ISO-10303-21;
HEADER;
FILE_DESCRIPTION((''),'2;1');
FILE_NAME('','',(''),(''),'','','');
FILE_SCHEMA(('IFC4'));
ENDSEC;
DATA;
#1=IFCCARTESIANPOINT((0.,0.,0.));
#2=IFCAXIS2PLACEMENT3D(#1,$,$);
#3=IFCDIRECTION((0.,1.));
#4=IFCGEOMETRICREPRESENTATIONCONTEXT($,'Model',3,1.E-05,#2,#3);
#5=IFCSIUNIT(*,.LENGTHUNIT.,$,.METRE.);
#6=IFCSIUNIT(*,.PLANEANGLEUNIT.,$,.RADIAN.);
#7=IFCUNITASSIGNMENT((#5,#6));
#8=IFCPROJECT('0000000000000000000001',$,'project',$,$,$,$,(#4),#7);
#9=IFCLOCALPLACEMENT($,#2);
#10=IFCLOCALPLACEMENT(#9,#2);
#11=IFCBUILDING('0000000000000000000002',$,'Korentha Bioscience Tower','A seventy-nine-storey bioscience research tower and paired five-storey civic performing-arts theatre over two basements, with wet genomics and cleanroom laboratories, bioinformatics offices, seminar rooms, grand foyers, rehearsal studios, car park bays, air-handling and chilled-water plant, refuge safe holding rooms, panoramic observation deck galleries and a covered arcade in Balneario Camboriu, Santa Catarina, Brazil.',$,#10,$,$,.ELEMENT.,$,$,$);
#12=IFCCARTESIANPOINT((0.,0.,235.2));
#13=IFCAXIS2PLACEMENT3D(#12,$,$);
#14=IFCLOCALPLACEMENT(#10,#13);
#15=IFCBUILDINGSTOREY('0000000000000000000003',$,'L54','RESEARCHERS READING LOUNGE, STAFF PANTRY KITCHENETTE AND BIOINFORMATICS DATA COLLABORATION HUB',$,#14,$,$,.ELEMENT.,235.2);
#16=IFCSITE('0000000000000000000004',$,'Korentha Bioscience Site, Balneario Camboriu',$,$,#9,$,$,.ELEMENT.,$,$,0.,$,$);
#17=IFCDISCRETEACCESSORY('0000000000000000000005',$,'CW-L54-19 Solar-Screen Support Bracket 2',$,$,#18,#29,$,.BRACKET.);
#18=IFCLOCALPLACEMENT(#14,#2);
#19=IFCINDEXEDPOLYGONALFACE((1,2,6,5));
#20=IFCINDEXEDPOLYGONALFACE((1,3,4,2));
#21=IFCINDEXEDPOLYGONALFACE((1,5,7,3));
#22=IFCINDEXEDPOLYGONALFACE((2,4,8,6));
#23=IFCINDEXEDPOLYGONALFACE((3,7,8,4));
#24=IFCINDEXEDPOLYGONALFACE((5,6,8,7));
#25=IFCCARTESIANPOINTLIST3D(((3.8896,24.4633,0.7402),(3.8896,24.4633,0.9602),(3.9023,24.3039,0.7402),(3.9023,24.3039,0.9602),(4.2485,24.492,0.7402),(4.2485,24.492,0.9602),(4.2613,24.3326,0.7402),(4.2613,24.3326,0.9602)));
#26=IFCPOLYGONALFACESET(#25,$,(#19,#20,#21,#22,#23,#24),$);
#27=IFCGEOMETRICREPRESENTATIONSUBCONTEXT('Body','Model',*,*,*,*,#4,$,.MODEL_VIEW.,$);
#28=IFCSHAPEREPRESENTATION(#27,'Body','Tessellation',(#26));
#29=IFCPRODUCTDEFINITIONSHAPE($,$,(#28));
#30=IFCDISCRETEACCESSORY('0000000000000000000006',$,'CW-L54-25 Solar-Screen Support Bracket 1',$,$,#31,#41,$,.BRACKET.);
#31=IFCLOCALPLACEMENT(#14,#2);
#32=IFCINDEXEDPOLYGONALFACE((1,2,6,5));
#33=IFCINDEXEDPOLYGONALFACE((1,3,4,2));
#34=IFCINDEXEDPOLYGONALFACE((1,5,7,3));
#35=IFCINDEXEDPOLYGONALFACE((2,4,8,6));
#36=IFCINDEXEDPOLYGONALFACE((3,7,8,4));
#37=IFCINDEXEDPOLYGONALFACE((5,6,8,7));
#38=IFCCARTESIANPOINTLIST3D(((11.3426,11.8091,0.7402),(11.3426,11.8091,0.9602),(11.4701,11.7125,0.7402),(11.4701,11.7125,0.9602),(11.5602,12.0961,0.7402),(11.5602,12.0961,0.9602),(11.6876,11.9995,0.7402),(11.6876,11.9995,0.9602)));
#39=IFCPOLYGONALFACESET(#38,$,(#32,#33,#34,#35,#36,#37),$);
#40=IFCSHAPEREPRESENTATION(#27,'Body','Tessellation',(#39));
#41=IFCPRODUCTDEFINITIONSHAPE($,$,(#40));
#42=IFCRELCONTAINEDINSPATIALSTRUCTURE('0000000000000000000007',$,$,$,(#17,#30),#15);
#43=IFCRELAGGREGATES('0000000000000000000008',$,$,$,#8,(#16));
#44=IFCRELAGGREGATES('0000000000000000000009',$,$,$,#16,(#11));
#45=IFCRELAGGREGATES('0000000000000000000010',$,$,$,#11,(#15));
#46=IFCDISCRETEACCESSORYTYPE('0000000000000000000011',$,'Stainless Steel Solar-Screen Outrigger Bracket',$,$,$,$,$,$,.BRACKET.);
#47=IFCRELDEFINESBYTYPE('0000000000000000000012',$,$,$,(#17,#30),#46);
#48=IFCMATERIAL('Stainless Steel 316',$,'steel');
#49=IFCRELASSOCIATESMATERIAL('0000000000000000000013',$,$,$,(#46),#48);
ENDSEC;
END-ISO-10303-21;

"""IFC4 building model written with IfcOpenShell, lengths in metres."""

from ifc_helpers import new_model, si_unit, direction, frame, origin, origin_2d, place, context, subcontext, project, spatial, rectangle, extrude, material, type_object, element, save


model = new_model("IFC4")

# Units and contexts
model_context = context("Model", 3, precision=1e-05, world=origin(), true_north=direction((0.0, 1.0)))
body_context = subcontext(model_context, "Body", "Model", "MODEL_VIEW")
ifc_project = project(units=[si_unit("LENGTHUNIT", "METRE"), si_unit("PLANEANGLEUNIT", "RADIAN")], contexts=[model_context])

# Site, building, storey
site_placement = place(None, origin())
site = spatial("IfcSite", under=ifc_project, at=site_placement, Name="Korentha Bioscience Site, Balneario Camboriu", CompositionType="ELEMENT", RefElevation=0.0)
building_placement = place(site_placement, origin())
building = spatial("IfcBuilding", under=site, at=building_placement, Name="Korentha Bioscience Tower", Description="A seventy-nine-storey bioscience research tower and paired five-storey civic performing-arts theatre over two basements, with wet genomics and cleanroom laboratories, bioinformatics offices, seminar rooms, grand foyers, rehearsal studios, car park bays, air-handling and chilled-water plant, refuge safe holding rooms, panoramic observation deck galleries and a covered arcade in Balneario Camboriu, Santa Catarina, Brazil.", CompositionType="ELEMENT")
storey_placement = place(building_placement, frame((0.0, 0.0, 235.2)))
storey = spatial("IfcBuildingStorey", under=building, at=storey_placement, Name="L54", Description="RESEARCHERS READING LOUNGE, STAFF PANTRY KITCHENETTE AND BIOINFORMATICS DATA COLLABORATION HUB", CompositionType="ELEMENT", Elevation=235.2)

# Discrete accessories
ifc_material_1 = material(Name="Stainless Steel 316", Category="steel")
discrete_accessory_type = type_object("IfcDiscreteAccessoryType", Name="Stainless Steel Solar-Screen Outrigger Bracket", PredefinedType="BRACKET", material=ifc_material_1)
for number, where, z_axis, x_axis, name in (
    (1, (4.0754, 24.3979, 0.7402), (0.0, 0.0, 1.0), (0.079748, -0.996815, 0.0), "CW-L54-19 Solar-Screen Support Bracket 2"),
    (2, (11.5151, 11.9043, 0.7402), (0.0, 0.0, 1.0), (0.796889, -0.604126, 0.0), "CW-L54-25 Solar-Screen Support Bracket 1"),
):
    element("IfcDiscreteAccessory", number, at=place(storey_placement, frame(where, z_axis=z_axis, x_axis=x_axis)), inside=storey, type_object=discrete_accessory_type, Name=name, PredefinedType="BRACKET", context=body_context, shape_type="SweptSolid", body=[
        extrude(rectangle(XDim=0.1599, YDim=0.3601, at=origin_2d()), origin(), (0.0, 0.0, 1.0), 0.22),
    ])

save(model, "model.ifc")
